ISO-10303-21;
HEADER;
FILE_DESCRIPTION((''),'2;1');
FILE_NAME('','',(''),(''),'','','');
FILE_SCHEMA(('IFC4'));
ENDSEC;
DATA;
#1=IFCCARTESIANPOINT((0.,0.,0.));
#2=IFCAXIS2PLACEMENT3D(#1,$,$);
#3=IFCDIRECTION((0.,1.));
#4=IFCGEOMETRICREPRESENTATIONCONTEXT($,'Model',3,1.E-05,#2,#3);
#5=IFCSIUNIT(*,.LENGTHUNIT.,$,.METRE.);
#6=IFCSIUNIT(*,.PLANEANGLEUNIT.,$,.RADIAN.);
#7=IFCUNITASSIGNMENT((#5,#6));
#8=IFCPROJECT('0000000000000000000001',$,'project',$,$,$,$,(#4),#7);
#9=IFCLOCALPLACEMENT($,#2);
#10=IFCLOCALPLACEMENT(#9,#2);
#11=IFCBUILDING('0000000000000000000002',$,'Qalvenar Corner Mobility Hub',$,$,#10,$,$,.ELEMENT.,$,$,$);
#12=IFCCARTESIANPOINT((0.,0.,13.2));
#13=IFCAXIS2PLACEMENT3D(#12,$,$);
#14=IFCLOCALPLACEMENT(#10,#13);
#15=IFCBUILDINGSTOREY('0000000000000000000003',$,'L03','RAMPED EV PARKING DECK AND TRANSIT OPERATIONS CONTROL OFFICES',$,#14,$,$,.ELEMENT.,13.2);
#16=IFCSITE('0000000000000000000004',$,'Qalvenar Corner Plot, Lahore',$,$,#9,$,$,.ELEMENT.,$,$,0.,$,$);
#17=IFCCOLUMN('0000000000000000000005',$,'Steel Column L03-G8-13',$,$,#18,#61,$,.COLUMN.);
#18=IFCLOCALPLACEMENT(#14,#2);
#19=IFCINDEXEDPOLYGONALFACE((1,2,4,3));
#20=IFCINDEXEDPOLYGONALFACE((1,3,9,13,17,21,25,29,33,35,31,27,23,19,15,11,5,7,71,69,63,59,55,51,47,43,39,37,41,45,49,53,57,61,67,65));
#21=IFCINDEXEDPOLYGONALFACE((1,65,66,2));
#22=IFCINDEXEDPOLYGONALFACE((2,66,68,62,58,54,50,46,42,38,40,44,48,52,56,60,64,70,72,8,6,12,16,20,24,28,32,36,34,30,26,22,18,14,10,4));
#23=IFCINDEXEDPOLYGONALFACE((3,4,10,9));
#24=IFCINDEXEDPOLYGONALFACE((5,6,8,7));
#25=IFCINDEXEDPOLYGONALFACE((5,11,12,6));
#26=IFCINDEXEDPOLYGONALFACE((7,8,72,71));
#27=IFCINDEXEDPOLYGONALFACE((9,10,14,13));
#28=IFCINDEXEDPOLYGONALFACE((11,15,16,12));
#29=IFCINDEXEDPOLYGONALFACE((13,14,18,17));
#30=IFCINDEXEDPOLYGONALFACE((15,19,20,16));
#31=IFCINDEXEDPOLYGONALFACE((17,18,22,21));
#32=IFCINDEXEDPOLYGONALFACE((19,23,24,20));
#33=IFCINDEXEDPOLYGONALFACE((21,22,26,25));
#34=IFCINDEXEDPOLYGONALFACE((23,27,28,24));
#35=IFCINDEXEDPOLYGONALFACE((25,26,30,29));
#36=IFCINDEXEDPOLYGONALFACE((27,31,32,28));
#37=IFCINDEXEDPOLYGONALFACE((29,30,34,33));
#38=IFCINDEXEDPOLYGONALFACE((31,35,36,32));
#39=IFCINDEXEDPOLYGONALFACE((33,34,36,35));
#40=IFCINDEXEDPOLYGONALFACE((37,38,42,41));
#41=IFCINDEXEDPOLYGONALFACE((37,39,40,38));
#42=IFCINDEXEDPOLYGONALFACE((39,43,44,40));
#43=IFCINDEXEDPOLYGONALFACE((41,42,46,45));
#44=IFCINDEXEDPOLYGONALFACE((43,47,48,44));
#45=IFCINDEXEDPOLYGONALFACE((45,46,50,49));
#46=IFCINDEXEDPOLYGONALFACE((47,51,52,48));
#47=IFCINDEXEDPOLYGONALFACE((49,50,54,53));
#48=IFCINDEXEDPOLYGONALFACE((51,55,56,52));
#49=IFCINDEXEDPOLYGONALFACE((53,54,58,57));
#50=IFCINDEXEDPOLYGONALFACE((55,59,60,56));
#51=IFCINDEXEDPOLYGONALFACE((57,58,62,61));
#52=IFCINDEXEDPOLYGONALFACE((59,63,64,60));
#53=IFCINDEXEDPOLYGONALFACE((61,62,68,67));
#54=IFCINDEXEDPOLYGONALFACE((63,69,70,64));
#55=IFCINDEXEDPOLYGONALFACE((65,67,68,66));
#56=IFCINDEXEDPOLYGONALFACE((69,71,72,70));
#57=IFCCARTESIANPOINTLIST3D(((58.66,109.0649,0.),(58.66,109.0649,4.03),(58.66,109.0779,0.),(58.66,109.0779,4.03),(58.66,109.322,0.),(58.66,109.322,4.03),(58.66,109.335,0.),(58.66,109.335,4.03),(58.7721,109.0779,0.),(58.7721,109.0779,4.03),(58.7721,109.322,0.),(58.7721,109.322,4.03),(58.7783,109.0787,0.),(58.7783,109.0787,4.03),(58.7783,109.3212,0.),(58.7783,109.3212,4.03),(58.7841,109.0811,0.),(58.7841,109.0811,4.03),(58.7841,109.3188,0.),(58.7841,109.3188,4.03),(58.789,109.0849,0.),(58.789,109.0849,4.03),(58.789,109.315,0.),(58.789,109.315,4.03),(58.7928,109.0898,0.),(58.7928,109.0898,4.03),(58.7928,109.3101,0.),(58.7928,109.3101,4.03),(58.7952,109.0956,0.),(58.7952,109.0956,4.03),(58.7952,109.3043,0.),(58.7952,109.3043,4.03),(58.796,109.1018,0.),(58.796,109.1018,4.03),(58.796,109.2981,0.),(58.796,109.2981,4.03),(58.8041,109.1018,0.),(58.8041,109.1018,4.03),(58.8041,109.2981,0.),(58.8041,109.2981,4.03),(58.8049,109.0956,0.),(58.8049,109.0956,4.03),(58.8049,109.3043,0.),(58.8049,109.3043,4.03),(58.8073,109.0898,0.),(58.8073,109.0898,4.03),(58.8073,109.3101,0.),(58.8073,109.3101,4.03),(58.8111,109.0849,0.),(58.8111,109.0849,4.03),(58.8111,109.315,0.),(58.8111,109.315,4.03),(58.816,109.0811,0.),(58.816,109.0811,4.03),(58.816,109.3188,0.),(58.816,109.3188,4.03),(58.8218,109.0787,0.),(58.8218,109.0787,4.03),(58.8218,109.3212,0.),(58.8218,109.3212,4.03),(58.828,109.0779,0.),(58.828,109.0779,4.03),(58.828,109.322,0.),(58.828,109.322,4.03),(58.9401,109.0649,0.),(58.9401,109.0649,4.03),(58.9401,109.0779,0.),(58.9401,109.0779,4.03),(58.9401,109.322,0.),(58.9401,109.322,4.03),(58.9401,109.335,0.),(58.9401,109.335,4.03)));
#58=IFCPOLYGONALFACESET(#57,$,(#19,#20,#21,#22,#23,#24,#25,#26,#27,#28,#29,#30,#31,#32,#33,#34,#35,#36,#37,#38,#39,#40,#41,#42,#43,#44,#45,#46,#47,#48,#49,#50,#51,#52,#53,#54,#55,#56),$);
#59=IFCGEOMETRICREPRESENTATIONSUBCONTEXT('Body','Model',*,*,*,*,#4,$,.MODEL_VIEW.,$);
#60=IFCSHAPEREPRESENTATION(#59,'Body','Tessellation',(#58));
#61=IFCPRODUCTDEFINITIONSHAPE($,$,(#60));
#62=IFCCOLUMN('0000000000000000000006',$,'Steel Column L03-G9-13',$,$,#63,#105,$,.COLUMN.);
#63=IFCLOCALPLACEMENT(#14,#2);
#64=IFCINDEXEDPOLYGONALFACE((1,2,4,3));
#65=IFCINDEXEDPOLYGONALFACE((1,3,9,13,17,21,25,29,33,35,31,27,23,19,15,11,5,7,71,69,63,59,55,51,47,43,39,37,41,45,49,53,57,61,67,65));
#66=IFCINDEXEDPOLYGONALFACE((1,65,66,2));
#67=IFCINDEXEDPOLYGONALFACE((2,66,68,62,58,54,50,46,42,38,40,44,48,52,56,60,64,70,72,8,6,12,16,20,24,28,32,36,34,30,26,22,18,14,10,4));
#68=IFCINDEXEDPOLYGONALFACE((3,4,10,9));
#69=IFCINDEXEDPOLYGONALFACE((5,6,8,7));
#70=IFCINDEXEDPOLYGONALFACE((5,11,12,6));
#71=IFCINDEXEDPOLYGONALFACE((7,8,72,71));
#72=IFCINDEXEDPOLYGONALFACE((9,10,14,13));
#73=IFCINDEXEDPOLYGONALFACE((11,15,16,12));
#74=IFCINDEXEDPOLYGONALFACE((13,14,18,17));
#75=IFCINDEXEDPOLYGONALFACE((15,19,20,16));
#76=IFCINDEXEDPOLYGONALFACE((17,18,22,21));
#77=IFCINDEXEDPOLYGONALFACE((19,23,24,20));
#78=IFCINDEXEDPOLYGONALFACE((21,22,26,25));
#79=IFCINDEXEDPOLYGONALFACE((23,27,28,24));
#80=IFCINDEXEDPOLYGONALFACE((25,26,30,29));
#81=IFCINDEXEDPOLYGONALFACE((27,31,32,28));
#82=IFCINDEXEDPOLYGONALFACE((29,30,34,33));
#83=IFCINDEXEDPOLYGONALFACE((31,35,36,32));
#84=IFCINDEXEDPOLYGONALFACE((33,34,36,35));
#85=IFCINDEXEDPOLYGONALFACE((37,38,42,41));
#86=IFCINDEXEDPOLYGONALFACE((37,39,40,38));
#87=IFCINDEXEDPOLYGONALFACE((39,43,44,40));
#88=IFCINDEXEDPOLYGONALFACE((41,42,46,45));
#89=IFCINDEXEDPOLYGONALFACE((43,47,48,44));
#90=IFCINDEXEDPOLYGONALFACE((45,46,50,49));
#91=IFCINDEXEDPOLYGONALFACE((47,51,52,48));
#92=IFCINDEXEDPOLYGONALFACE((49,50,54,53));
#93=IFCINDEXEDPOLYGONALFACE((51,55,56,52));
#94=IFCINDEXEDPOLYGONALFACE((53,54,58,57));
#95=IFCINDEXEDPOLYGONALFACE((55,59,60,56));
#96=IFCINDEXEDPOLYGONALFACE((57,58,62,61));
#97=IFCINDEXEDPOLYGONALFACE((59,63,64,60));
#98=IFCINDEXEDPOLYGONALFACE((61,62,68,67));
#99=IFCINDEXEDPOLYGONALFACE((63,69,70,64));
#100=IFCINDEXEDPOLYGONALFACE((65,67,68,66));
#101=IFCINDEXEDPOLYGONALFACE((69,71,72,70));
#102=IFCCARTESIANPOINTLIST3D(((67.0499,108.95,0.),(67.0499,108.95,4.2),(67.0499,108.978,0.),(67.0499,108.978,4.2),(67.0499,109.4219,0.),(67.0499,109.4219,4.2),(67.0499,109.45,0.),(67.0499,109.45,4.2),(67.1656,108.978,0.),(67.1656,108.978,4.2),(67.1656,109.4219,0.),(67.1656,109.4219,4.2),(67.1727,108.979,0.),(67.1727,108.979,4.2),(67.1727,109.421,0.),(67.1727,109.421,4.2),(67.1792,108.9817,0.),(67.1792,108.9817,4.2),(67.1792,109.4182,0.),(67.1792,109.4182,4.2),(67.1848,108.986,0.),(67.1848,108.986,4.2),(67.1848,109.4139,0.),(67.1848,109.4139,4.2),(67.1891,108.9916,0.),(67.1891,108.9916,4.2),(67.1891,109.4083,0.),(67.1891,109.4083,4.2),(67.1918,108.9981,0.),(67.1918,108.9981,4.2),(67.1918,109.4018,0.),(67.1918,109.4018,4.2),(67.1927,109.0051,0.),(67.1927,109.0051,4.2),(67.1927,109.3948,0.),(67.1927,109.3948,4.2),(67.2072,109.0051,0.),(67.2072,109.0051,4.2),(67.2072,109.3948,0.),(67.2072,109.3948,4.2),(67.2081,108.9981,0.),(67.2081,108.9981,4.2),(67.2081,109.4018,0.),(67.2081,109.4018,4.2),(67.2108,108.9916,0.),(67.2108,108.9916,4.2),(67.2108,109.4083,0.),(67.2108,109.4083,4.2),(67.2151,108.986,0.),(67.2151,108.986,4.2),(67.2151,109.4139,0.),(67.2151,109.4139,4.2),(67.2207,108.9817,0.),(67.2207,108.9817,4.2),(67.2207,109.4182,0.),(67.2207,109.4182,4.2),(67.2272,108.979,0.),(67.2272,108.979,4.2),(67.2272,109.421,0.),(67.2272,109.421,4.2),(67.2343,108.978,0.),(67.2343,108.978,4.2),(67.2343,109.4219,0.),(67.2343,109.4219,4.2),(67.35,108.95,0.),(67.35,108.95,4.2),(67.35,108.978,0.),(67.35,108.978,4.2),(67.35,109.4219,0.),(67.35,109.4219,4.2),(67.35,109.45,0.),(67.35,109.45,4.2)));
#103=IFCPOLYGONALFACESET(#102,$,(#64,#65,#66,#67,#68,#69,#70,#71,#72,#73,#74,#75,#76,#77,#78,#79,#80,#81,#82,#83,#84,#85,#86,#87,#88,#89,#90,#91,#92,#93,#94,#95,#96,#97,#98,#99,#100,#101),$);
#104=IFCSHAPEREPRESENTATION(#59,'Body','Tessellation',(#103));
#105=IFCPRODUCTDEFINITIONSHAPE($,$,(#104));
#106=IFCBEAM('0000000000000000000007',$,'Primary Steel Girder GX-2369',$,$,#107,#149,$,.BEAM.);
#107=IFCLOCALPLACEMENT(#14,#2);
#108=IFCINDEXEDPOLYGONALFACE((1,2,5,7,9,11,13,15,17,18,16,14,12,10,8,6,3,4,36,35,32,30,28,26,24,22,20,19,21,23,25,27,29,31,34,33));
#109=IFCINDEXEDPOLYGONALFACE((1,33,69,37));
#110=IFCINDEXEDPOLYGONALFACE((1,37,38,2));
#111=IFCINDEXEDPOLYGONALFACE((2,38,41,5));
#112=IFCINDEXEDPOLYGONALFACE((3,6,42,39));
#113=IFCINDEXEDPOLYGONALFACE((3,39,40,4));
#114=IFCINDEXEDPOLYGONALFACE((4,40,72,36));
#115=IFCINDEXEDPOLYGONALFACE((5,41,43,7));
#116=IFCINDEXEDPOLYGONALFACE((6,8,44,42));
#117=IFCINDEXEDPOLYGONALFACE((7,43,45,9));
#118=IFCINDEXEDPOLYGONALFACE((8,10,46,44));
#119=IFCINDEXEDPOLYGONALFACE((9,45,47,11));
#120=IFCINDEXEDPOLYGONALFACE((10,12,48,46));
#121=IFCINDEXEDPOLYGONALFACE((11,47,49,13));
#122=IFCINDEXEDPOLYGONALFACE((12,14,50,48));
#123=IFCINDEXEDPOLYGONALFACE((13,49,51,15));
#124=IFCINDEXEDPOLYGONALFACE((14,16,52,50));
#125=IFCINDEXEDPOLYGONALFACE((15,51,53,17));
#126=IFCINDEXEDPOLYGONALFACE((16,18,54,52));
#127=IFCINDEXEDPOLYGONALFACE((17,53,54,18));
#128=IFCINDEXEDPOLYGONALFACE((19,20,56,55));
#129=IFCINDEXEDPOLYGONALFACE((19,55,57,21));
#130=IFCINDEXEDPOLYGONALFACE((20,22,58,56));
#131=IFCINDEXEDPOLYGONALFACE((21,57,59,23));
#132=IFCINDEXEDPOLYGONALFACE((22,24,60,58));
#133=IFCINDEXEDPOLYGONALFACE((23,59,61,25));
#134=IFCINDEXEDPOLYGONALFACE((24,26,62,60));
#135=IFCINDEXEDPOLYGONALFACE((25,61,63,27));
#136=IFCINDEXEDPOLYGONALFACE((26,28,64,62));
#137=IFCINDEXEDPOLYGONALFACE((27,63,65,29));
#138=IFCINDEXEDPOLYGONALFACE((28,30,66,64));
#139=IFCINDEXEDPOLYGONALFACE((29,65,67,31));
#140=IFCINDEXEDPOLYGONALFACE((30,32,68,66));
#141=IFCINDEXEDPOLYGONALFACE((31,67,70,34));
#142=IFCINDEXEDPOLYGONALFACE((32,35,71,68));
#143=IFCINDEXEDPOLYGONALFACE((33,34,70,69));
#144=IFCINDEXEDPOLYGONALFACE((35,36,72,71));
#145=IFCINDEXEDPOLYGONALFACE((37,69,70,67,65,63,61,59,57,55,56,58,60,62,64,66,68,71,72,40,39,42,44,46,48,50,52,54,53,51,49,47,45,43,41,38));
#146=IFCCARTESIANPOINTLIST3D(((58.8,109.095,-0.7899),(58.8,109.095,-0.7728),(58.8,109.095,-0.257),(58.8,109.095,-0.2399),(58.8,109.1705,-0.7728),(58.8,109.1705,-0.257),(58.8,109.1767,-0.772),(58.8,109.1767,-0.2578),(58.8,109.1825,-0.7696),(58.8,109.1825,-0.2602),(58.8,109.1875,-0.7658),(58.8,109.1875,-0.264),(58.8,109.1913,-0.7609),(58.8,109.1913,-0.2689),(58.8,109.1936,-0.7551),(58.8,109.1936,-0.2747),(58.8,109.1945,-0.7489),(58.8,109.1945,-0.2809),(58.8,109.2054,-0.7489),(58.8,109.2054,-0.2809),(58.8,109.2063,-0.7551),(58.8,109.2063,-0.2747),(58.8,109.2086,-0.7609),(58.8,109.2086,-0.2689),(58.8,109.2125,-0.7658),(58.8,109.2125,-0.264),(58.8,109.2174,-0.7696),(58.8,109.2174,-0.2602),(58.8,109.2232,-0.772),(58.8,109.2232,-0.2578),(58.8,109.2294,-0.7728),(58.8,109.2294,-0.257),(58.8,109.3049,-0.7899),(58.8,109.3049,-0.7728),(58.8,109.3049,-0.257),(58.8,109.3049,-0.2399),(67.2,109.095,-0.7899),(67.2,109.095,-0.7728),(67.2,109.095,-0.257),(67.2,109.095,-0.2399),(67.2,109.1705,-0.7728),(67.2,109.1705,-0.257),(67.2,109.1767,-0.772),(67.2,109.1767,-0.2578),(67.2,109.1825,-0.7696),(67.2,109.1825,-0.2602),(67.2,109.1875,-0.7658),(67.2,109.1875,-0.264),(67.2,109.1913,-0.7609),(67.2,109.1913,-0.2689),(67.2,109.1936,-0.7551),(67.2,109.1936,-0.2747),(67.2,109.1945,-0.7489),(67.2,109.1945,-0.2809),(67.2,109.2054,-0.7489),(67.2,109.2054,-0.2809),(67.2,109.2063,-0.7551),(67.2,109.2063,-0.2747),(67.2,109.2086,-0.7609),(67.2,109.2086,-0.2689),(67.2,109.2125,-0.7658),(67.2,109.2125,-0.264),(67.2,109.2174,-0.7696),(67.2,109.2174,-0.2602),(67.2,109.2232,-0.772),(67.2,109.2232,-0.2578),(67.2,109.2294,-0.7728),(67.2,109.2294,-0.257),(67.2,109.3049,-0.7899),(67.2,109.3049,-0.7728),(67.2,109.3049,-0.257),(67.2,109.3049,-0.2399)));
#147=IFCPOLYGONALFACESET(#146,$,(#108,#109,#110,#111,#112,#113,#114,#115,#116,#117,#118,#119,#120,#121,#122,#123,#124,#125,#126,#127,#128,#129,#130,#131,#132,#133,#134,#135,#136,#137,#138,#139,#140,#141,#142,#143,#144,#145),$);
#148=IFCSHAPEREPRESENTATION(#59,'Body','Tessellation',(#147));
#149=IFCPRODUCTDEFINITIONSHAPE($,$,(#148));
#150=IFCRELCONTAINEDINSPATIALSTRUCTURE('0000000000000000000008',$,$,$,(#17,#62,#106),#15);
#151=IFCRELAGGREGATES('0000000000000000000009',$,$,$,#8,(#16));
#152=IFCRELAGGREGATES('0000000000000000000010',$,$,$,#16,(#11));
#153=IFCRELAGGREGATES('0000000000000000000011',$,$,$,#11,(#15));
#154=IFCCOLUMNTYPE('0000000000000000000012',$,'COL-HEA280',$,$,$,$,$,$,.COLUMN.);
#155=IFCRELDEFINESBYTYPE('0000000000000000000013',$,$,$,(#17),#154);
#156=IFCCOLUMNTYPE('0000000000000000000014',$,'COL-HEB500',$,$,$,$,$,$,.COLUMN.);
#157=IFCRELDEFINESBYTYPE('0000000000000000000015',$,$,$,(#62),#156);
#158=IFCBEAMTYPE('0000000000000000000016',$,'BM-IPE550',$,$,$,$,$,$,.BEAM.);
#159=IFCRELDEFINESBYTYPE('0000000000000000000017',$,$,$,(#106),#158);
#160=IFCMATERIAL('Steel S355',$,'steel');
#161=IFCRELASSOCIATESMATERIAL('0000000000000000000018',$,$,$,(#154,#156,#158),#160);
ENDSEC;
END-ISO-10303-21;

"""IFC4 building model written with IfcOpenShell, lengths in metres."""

from ifc_helpers import new_model, si_unit, direction, frame, origin, origin_2d, place, context, subcontext, project, spatial, i_section, extrude, material, material_profile, profile_set, type_object, element, save


model = new_model("IFC4")

# Units and contexts
model_context = context("Model", 3, precision=1e-05, world=origin(), true_north=direction((0.0, 1.0)))
body_context = subcontext(model_context, "Body", "Model", "MODEL_VIEW")
ifc_project = project(units=[si_unit("LENGTHUNIT", "METRE"), si_unit("PLANEANGLEUNIT", "RADIAN")], contexts=[model_context])

# Site, building, storey
site_placement = place(None, origin())
site = spatial("IfcSite", under=ifc_project, at=site_placement, Name="Qalvenar Corner Plot, Lahore", CompositionType="ELEMENT", RefElevation=0.0)
building_placement = place(site_placement, origin())
building = spatial("IfcBuilding", under=site, at=building_placement, Name="Qalvenar Corner Mobility Hub", CompositionType="ELEMENT")
storey_placement = place(building_placement, frame((0.0, 0.0, 13.2)))
storey = spatial("IfcBuildingStorey", under=building, at=storey_placement, Name="L03", Description="RAMPED EV PARKING DECK AND TRANSIT OPERATIONS CONTROL OFFICES", CompositionType="ELEMENT", Elevation=13.2)

# Columns
ifc_material_1 = material(Name="Steel S355", Category="steel")
ifc_material_profile_1 = material_profile(ifc_material_1, i_section(OverallWidth=0.28, OverallDepth=0.27, WebThickness=0.0081, FlangeThickness=0.0129, FilletRadius=0.0239, at=origin_2d()), Name="HEA280")
ifc_profile_set_1 = profile_set([ifc_material_profile_1], Name="Steel S355")
column_type_1 = type_object("IfcColumnType", Name="COL-HEA280", PredefinedType="COLUMN", material=ifc_profile_set_1)
column_1_placement = place(storey_placement, frame((58.8, 109.2, 0.0), z_axis=(0.0, 0.0, 1.0), x_axis=(1.0, 0.0, 0.0)))
element("IfcColumn", 1, at=column_1_placement, inside=storey, type_object=column_type_1, Name="Steel Column L03-G8-13", PredefinedType="COLUMN", context=body_context, shape_type="SweptSolid", body=[
    extrude(i_section(OverallWidth=0.28, OverallDepth=0.27, WebThickness=0.0081, FlangeThickness=0.0129, FilletRadius=0.0239, at=origin_2d()), origin(), (0.0, 0.0, 1.0), 4.03),
])
ifc_material_profile_2 = material_profile(ifc_material_1, i_section(OverallWidth=0.3, OverallDepth=0.5, WebThickness=0.0144, FlangeThickness=0.0281, FilletRadius=0.0271, at=origin_2d()), Name="HEB500")
ifc_profile_set_2 = profile_set([ifc_material_profile_2], Name="Steel S355")
column_type_2 = type_object("IfcColumnType", Name="COL-HEB500", PredefinedType="COLUMN", material=ifc_profile_set_2)
column_2_placement = place(storey_placement, frame((67.2, 109.2, 0.0), z_axis=(0.0, 0.0, 1.0), x_axis=(1.0, 0.0, 0.0)))
element("IfcColumn", 2, at=column_2_placement, inside=storey, type_object=column_type_2, Name="Steel Column L03-G9-13", PredefinedType="COLUMN", context=body_context, shape_type="SweptSolid", body=[
    extrude(i_section(OverallWidth=0.3, OverallDepth=0.5, WebThickness=0.0144, FlangeThickness=0.0281, FilletRadius=0.0271, at=origin_2d()), origin(), (0.0, 0.0, 1.0), 4.2),
])

# Beam
ifc_material_profile_3 = material_profile(ifc_material_1, i_section(OverallWidth=0.21, OverallDepth=0.55, WebThickness=0.011, FlangeThickness=0.0171, FilletRadius=0.0239, at=origin_2d()), Name="IPE550")
ifc_profile_set_3 = profile_set([ifc_material_profile_3], Name="Steel S355")
beam_type_1 = type_object("IfcBeamType", Name="BM-IPE550", PredefinedType="BEAM", material=ifc_profile_set_3)
beam_1_placement = place(storey_placement, frame((58.8, 109.2, -0.5149), z_axis=(1.0, 0.0, 0.0), x_axis=(0.0, 1.0, 0.0)))
element("IfcBeam", 3, at=beam_1_placement, inside=storey, type_object=beam_type_1, Name="Primary Steel Girder GX-2369", PredefinedType="BEAM", context=body_context, shape_type="SweptSolid", body=[
    extrude(i_section(OverallWidth=0.21, OverallDepth=0.55, WebThickness=0.011, FlangeThickness=0.0171, FilletRadius=0.0239, at=origin_2d()), origin(), (0.0, 0.0, 1.0), 8.3999),
])

save(model, "model.ifc")
